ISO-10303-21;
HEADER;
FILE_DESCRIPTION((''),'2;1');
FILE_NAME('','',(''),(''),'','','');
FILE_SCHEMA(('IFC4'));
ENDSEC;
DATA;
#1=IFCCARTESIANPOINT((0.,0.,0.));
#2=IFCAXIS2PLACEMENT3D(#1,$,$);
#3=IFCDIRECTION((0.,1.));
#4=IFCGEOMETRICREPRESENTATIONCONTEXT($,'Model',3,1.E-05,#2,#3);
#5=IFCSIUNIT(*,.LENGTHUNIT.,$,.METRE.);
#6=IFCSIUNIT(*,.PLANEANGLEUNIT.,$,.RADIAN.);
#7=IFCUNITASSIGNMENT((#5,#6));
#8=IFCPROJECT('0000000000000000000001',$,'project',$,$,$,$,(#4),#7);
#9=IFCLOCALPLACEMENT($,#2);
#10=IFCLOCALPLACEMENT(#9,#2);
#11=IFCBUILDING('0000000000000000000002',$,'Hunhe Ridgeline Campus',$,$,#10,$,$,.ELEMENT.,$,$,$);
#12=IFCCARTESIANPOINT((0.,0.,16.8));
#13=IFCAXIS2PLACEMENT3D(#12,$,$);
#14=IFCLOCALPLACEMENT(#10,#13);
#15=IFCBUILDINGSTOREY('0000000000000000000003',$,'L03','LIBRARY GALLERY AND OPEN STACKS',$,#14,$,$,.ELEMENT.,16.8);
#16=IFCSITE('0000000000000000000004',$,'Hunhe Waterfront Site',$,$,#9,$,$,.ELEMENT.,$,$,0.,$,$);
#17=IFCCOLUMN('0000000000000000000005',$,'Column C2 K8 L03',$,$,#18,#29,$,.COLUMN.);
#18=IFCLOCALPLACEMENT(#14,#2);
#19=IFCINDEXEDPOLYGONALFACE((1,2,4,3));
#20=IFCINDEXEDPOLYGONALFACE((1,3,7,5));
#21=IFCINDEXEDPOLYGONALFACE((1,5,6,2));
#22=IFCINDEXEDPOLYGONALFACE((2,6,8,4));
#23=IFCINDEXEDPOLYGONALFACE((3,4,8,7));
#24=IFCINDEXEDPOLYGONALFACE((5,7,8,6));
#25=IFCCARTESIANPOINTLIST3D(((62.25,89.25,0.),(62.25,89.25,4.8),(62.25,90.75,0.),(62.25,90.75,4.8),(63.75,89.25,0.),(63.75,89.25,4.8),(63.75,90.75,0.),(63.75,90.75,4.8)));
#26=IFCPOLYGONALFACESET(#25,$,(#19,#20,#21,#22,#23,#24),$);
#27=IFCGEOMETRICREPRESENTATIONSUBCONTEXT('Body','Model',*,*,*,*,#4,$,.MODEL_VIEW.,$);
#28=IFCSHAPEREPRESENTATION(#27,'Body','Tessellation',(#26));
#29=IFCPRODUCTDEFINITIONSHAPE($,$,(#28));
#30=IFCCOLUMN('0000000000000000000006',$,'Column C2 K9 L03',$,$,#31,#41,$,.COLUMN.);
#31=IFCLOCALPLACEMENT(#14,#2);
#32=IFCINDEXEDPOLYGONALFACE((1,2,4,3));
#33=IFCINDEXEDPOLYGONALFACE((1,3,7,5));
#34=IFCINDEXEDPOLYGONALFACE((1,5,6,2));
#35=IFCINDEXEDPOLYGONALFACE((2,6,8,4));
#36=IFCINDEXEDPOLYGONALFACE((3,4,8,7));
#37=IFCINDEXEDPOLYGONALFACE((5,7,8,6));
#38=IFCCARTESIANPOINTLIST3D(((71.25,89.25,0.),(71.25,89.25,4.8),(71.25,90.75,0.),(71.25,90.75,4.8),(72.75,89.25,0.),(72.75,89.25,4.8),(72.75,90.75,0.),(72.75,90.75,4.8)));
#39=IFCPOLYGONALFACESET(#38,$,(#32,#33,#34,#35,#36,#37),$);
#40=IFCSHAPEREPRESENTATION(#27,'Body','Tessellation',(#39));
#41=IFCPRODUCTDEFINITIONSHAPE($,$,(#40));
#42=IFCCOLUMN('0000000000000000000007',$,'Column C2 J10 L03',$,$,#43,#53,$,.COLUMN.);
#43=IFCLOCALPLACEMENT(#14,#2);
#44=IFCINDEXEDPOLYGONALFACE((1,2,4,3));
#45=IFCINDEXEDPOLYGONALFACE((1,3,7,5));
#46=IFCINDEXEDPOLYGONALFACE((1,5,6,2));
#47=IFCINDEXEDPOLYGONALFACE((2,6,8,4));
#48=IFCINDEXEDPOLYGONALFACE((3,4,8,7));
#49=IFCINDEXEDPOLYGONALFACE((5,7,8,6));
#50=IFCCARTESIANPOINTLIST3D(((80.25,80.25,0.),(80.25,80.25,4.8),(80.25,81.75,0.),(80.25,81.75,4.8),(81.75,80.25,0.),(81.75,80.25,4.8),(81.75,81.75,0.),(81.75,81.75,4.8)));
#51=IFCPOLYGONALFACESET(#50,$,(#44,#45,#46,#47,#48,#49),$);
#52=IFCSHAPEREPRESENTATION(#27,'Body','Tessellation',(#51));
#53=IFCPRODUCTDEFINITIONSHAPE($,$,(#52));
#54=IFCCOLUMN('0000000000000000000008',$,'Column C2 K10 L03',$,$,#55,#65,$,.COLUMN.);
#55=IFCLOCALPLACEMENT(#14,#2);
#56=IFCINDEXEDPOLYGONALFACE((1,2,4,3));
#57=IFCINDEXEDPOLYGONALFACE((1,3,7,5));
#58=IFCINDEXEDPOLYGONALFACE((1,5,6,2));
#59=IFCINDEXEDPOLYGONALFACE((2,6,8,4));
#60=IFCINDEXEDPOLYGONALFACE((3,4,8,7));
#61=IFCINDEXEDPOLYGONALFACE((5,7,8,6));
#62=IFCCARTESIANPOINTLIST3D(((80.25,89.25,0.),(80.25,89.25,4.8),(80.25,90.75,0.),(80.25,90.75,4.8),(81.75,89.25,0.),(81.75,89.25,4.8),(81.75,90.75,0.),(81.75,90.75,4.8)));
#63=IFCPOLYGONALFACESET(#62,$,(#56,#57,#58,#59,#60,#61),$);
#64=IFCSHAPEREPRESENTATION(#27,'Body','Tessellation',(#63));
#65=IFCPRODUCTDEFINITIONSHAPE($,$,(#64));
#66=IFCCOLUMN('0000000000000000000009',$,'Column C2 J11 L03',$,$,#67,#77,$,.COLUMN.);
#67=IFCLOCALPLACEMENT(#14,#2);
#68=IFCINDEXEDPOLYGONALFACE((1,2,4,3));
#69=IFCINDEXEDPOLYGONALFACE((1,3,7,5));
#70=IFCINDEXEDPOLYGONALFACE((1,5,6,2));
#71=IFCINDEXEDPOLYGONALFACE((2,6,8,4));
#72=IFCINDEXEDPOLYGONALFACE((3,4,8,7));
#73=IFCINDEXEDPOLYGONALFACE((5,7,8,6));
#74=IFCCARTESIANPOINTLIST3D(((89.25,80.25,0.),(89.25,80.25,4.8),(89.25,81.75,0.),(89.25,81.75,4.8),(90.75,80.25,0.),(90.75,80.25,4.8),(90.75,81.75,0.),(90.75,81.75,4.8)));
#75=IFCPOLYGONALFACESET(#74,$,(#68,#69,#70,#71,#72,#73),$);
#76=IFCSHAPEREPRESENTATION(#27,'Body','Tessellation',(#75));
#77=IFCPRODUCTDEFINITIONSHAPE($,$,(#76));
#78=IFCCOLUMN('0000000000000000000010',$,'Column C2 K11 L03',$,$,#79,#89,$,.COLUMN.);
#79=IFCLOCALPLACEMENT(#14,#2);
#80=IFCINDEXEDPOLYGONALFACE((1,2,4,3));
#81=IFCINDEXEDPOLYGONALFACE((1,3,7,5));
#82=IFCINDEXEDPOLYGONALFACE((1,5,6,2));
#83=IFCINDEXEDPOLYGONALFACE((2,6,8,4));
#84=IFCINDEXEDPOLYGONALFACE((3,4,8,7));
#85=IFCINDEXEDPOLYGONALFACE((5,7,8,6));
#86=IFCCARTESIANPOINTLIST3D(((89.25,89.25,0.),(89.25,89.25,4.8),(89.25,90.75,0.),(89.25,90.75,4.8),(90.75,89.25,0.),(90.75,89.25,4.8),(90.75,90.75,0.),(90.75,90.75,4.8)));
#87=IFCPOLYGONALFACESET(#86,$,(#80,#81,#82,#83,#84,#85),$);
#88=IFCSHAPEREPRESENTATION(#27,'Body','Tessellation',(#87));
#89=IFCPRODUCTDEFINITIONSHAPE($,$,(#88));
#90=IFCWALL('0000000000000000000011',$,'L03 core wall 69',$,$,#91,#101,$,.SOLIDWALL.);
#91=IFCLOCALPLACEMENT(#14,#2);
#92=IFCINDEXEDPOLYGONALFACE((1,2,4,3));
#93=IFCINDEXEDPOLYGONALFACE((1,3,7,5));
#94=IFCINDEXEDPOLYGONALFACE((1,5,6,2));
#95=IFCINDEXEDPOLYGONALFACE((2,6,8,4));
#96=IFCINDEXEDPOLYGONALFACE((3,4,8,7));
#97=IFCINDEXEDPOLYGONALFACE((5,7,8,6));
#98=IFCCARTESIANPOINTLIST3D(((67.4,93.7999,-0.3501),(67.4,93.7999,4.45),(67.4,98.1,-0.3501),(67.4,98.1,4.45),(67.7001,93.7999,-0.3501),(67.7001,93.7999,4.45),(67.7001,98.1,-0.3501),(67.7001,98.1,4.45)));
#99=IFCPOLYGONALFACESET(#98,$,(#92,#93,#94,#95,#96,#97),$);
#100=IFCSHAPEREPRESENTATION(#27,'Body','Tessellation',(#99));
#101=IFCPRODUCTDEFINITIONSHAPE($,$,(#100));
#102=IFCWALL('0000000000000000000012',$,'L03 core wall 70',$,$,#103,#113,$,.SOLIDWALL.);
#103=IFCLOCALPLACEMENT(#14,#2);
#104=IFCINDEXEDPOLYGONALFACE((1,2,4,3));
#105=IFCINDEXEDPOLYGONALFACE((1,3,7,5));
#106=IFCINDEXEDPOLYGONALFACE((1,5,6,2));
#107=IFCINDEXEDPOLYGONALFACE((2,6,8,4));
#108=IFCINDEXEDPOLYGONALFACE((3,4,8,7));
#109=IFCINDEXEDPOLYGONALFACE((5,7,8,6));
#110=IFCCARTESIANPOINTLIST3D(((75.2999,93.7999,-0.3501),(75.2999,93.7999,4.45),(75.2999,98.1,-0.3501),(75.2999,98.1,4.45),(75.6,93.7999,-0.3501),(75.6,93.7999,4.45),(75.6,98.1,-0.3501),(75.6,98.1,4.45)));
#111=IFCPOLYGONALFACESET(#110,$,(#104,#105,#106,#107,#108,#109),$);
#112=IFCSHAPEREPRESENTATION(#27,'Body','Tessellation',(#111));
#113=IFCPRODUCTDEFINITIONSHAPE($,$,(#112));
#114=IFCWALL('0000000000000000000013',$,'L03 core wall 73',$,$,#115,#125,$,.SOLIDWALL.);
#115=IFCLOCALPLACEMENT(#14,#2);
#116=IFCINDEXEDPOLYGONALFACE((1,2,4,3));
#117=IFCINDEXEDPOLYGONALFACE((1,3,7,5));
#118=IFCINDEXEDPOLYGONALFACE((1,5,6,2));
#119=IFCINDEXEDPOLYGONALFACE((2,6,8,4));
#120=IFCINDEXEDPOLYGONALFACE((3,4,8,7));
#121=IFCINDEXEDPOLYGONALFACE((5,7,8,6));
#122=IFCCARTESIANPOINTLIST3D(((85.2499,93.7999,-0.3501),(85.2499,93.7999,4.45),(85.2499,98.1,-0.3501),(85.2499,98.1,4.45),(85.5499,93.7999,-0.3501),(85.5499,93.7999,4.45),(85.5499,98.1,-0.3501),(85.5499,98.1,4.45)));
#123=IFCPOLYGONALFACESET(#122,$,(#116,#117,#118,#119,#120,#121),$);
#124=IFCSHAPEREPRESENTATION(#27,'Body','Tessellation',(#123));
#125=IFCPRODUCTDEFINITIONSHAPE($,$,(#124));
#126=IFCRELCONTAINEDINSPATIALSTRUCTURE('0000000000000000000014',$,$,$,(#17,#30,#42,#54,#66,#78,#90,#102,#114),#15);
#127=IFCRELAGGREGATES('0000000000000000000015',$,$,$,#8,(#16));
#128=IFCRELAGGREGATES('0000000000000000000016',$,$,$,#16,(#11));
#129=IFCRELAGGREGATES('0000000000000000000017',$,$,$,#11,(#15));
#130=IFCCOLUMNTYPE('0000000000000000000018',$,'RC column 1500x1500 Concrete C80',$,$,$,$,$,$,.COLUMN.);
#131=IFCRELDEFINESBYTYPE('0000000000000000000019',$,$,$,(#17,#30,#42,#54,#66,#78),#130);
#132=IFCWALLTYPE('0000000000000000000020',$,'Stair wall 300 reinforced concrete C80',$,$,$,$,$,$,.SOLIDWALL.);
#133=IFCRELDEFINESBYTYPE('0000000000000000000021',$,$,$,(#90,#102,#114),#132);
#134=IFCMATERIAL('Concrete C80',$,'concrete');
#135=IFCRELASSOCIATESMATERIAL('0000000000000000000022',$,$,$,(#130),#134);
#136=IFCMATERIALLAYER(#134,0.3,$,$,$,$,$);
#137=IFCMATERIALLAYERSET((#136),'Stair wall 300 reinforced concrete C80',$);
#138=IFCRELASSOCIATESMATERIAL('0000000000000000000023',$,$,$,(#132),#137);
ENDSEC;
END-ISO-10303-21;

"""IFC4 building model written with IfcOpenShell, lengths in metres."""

from ifc_helpers import new_model, si_unit, direction, frame, frame_2d, origin, origin_2d, place, context, subcontext, project, spatial, rectangle, extrude, material, layer, layer_set, material_profile, profile_set, type_object, element, save


model = new_model("IFC4")

# Units and contexts
model_context = context("Model", 3, precision=1e-05, world=origin(), true_north=direction((0.0, 1.0)))
body_context = subcontext(model_context, "Body", "Model", "MODEL_VIEW")
ifc_project = project(units=[si_unit("LENGTHUNIT", "METRE"), si_unit("PLANEANGLEUNIT", "RADIAN")], contexts=[model_context])

# Site, building, storey
site_placement = place(None, origin())
site = spatial("IfcSite", under=ifc_project, at=site_placement, Name="Hunhe Waterfront Site", CompositionType="ELEMENT", RefElevation=0.0)
building_placement = place(site_placement, origin())
building = spatial("IfcBuilding", under=site, at=building_placement, Name="Hunhe Ridgeline Campus", CompositionType="ELEMENT")
storey_placement = place(building_placement, frame((0.0, 0.0, 16.8)))
storey = spatial("IfcBuildingStorey", under=building, at=storey_placement, Name="L03", Description="LIBRARY GALLERY AND OPEN STACKS", CompositionType="ELEMENT", Elevation=16.8)

# Columns
ifc_material_1 = material(Name="Concrete C80", Category="concrete")
ifc_material_profile = material_profile(ifc_material_1, rectangle(XDim=1.5, YDim=1.5, at=origin_2d()))
ifc_profile_set = profile_set([ifc_material_profile], Name="Concrete C80")
column_type = type_object("IfcColumnType", Name="RC column 1500x1500 Concrete C80", PredefinedType="COLUMN", material=ifc_profile_set)
for number, where, z_axis, x_axis, name in (
    (1, (63.0, 90.0, 0.0), (0.0, 0.0, 1.0), (1.0, 0.0, 0.0), "Column C2 K8 L03"),
    (2, (72.0, 90.0, 0.0), (0.0, 0.0, 1.0), (1.0, 0.0, 0.0), "Column C2 K9 L03"),
    (3, (81.0, 81.0, 0.0), (0.0, 0.0, 1.0), (1.0, 0.0, 0.0), "Column C2 J10 L03"),
    (4, (81.0, 90.0, 0.0), (0.0, 0.0, 1.0), (1.0, 0.0, 0.0), "Column C2 K10 L03"),
    (5, (90.0, 81.0, 0.0), (0.0, 0.0, 1.0), (1.0, 0.0, 0.0), "Column C2 J11 L03"),
    (6, (90.0, 90.0, 0.0), (0.0, 0.0, 1.0), (1.0, 0.0, 0.0), "Column C2 K11 L03"),
):
    element("IfcColumn", number, at=place(storey_placement, frame(where, z_axis=z_axis, x_axis=x_axis)), inside=storey, type_object=column_type, Name=name, PredefinedType="COLUMN", context=body_context, shape_type="SweptSolid", body=[
        extrude(rectangle(XDim=1.5, YDim=1.5, at=origin_2d()), origin(), (0.0, 0.0, 1.0), 4.8),
    ])

# Shared definitions
ifc_layer = layer(ifc_material_1, 0.3)
ifc_layer_set = layer_set([ifc_layer], Name="Stair wall 300 reinforced concrete C80")
wall_type = type_object("IfcWallType", Name="Stair wall 300 reinforced concrete C80", PredefinedType="SOLIDWALL", material=ifc_layer_set)

# Walls
for number, where, z_axis, x_axis, name in (
    (7, (67.55, 93.8, -0.3501), (0.0, 0.0, 1.0), (0.0, 1.0, 0.0), "L03 core wall 69"),
    (8, (75.45, 93.8, -0.3501), (0.0, 0.0, 1.0), (0.0, 1.0, 0.0), "L03 core wall 70"),
    (9, (85.3999, 93.8, -0.3501), (0.0, 0.0, 1.0), (0.0, 1.0, 0.0), "L03 core wall 73"),
):
    element("IfcWall", number, at=place(storey_placement, frame(where, z_axis=z_axis, x_axis=x_axis)), inside=storey, type_object=wall_type, Name=name, PredefinedType="SOLIDWALL", context=body_context, shape_type="SweptSolid", body=[
        extrude(rectangle(XDim=4.3, YDim=0.3, at=frame_2d((2.1499, 0.0))), origin(), (0.0, 0.0, 1.0), 4.8),
    ])

save(model, "model.ifc")
